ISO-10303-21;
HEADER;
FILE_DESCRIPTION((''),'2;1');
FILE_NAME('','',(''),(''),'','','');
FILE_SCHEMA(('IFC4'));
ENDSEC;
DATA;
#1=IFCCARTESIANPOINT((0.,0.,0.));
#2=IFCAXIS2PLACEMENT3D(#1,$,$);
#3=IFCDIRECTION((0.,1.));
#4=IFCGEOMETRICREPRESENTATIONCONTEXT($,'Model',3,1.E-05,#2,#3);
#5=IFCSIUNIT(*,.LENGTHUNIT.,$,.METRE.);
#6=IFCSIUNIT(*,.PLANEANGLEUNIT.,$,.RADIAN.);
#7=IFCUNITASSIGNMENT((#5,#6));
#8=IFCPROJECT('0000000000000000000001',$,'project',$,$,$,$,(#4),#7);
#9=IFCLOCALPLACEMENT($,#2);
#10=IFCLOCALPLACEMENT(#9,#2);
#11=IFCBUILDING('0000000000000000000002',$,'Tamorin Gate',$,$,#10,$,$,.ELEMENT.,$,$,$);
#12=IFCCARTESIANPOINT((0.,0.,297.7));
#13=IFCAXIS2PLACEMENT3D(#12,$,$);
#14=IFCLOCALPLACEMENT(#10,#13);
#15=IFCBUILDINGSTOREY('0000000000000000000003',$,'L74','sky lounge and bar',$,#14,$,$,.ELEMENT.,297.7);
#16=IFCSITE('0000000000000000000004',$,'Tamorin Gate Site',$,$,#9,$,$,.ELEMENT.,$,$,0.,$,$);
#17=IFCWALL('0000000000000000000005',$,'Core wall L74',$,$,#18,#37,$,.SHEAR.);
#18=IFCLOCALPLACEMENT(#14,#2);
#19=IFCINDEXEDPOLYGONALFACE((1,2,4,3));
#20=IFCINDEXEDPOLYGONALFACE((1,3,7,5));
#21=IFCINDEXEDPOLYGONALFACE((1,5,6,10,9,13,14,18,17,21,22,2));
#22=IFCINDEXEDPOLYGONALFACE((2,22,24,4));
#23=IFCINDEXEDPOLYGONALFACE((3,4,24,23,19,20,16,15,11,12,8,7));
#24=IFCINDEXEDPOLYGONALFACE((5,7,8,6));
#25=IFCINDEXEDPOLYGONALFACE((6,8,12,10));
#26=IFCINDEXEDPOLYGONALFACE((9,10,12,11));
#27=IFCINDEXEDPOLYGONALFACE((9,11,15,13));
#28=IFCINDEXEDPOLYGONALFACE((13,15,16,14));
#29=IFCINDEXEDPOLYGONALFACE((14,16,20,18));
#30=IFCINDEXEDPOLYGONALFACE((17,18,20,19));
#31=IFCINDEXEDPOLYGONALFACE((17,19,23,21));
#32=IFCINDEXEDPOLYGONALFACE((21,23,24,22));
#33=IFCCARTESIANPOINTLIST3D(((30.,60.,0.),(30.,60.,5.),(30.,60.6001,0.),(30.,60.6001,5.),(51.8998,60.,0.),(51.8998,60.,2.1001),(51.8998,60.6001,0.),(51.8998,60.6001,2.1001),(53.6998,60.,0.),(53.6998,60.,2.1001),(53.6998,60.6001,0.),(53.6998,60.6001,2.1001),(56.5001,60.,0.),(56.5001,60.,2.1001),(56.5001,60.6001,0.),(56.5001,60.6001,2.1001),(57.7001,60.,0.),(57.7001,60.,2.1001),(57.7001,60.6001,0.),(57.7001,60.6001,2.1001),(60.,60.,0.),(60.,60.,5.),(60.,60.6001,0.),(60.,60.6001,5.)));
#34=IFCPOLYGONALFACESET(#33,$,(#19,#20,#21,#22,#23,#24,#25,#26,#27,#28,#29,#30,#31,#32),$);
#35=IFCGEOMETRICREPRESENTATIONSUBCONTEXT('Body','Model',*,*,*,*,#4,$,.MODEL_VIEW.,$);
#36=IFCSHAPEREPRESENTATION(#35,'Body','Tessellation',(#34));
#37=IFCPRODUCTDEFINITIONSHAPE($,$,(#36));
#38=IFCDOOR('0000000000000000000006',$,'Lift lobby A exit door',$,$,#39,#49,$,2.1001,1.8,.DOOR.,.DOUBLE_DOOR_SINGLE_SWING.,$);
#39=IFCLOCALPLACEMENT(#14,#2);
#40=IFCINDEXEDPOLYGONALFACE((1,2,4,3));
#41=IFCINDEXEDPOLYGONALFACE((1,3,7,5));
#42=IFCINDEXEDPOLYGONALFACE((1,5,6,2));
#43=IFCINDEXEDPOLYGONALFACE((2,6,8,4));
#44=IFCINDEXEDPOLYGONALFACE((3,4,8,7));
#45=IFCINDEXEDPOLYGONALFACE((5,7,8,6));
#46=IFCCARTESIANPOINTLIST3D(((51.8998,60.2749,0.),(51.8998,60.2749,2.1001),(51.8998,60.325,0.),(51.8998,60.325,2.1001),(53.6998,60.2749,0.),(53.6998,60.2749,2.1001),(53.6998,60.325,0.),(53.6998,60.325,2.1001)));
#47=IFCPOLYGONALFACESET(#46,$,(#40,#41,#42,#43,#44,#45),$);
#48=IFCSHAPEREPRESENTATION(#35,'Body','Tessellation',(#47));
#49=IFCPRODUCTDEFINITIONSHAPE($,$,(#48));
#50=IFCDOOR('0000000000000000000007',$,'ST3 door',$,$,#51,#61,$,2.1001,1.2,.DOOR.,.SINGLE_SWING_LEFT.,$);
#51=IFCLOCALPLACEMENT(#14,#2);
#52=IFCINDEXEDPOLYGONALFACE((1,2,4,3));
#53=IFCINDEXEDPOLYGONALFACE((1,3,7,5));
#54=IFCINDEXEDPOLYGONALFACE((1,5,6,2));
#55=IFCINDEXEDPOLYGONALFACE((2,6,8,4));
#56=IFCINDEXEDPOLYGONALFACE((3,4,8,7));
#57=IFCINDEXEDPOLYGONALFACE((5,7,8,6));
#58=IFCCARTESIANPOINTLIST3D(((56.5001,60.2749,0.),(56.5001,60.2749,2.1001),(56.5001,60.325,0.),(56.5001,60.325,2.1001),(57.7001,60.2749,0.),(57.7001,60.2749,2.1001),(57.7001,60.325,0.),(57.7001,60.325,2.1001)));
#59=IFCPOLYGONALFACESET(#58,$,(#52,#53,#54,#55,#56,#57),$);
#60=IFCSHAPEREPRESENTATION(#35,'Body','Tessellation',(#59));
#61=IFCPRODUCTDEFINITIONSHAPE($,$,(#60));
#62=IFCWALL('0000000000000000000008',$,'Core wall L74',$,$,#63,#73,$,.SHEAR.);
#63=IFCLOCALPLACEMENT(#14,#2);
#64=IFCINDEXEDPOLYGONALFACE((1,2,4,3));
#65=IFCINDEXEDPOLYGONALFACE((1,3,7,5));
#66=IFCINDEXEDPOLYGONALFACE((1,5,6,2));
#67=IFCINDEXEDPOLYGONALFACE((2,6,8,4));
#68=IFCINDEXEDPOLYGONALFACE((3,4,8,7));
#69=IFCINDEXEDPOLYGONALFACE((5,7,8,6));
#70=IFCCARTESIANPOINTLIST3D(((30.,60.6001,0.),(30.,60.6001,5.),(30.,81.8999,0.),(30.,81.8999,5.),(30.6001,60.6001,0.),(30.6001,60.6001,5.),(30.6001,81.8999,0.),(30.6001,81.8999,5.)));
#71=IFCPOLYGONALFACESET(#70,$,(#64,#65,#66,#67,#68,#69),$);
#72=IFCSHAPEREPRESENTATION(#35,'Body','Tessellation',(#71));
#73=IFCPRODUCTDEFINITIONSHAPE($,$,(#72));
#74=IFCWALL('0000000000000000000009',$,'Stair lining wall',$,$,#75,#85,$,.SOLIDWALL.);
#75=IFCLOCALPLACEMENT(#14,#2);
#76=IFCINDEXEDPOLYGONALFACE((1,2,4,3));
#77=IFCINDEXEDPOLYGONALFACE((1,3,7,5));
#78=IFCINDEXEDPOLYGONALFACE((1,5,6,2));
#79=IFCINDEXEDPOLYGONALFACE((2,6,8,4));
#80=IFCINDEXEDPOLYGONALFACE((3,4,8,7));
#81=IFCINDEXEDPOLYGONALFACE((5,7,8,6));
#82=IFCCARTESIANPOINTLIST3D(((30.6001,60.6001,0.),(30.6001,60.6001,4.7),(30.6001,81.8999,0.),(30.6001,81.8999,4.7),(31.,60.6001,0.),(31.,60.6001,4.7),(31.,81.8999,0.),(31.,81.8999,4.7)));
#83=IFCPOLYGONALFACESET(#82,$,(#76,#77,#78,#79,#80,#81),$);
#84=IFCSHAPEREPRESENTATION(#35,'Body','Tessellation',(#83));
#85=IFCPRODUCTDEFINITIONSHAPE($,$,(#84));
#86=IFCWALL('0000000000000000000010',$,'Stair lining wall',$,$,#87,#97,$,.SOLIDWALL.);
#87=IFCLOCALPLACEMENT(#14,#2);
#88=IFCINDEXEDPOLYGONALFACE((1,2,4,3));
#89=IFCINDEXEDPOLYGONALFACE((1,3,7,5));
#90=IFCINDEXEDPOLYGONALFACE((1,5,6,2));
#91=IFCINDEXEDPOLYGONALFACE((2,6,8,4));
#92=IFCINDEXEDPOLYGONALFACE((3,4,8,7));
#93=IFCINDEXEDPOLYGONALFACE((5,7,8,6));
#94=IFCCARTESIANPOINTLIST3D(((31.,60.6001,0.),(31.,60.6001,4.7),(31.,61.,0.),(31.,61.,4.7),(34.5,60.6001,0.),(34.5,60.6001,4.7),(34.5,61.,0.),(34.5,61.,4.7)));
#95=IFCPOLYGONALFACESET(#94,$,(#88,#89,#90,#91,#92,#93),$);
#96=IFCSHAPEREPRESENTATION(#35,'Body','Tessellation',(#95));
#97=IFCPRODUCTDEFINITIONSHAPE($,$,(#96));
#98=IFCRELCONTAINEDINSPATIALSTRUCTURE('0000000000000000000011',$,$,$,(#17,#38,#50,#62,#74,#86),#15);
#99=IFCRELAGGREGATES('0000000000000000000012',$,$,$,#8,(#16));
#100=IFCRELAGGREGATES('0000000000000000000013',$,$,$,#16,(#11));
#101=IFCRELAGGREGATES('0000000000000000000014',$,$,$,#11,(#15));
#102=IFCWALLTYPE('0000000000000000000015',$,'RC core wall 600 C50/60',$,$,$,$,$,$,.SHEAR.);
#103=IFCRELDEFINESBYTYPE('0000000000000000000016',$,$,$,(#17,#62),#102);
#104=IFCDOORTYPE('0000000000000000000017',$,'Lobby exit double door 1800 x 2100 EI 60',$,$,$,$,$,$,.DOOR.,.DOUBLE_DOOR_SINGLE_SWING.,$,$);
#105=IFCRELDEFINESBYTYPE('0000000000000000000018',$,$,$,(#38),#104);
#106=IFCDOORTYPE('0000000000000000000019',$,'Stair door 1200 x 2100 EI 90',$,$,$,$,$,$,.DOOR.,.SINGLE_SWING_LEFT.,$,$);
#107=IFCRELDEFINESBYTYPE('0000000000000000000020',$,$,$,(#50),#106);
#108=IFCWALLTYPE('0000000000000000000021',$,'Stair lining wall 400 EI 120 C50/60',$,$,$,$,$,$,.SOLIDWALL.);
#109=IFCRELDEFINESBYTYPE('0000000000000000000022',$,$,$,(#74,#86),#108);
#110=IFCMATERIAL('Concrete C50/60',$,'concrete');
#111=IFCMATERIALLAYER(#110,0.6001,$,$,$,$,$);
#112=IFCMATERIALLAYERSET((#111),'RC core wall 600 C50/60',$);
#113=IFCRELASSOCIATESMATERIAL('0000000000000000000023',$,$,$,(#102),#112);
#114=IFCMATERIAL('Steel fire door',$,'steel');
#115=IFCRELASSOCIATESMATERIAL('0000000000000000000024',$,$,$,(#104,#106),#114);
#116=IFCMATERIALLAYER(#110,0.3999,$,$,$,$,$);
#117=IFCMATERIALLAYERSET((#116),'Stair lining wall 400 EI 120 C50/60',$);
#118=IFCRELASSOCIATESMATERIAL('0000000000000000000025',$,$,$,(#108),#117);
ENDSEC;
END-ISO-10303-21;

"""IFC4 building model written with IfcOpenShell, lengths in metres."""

from ifc_helpers import new_model, si_unit, direction, frame, frame_2d, origin, place, context, subcontext, project, spatial, rectangle, extrude, material, layer, layer_set, type_object, element, fill, save


model = new_model("IFC4")

# Units and contexts
model_context = context("Model", 3, precision=1e-05, world=origin(), true_north=direction((0.0, 1.0)))
body_context = subcontext(model_context, "Body", "Model", "MODEL_VIEW")
ifc_project = project(units=[si_unit("LENGTHUNIT", "METRE"), si_unit("PLANEANGLEUNIT", "RADIAN")], contexts=[model_context])

# Site, building, storey
site_placement = place(None, origin())
site = spatial("IfcSite", under=ifc_project, at=site_placement, Name="Tamorin Gate Site", CompositionType="ELEMENT", RefElevation=0.0)
building_placement = place(site_placement, origin())
building = spatial("IfcBuilding", under=site, at=building_placement, Name="Tamorin Gate", CompositionType="ELEMENT")
storey_placement = place(building_placement, frame((0.0, 0.0, 297.7)))
storey = spatial("IfcBuildingStorey", under=building, at=storey_placement, Name="L74", Description="sky lounge and bar", CompositionType="ELEMENT", Elevation=297.7)

# Shared definitions
ifc_material_1 = material(Name="Concrete C50/60", Category="concrete")

# Wall, openings, doors
ifc_layer_1 = layer(ifc_material_1, 0.6001)
ifc_layer_set_1 = layer_set([ifc_layer_1], Name="RC core wall 600 C50/60")
wall_type_1 = type_object("IfcWallType", Name="RC core wall 600 C50/60", PredefinedType="SHEAR", material=ifc_layer_set_1)
wall_1_placement = place(storey_placement, frame((30.0, 60.3, 0.0), z_axis=(0.0, 0.0, 1.0), x_axis=(1.0, 0.0, 0.0)))
wall_1 = element("IfcWall", 1, at=wall_1_placement, inside=storey, type_object=wall_type_1, Name="Core wall L74", PredefinedType="SHEAR", context=body_context, shape_type="SweptSolid", body=[
    extrude(rectangle(XDim=30.0, YDim=0.6001, at=frame_2d((15.0, 0.0))), origin(), (0.0, 0.0, 1.0), 5.0),
])
opening_1_placement = place(wall_1_placement, frame((21.8999, 0.0, 0.0)))
opening_1 = element("IfcOpeningElement", 2, at=opening_1_placement, cuts=wall_1, PredefinedType="OPENING", context=body_context, shape_type="SweptSolid", body=[
    extrude(rectangle(XDim=1.8, YDim=2.1001, at=frame_2d((0.8999, 1.05))), frame((0.0, 0.3101, 0.0), z_axis=(0.0, -1.0, 0.0), x_axis=(1.0, 0.0, 0.0)), (0.0, 0.0, 1.0), 0.6201),
])
opening_2_placement = place(wall_1_placement, frame((26.5, 0.0, 0.0)))
opening_2 = element("IfcOpeningElement", 3, at=opening_2_placement, cuts=wall_1, PredefinedType="OPENING", context=body_context, shape_type="SweptSolid", body=[
    extrude(rectangle(XDim=1.2, YDim=2.1001, at=frame_2d((0.6001, 1.05))), frame((0.0, 0.3101, 0.0), z_axis=(0.0, -1.0, 0.0), x_axis=(1.0, 0.0, 0.0)), (0.0, 0.0, 1.0), 0.6201),
])
ifc_material_2 = material(Name="Steel fire door", Category="steel")
door_type_1 = type_object("IfcDoorType", Name="Lobby exit double door 1800 x 2100 EI 60", OperationType="DOUBLE_DOOR_SINGLE_SWING", PredefinedType="DOOR", material=ifc_material_2)
door_1_placement = place(opening_1_placement, origin())
door_1 = element("IfcDoor", 4, at=door_1_placement, inside=storey, type_object=door_type_1, Name="Lift lobby A exit door", OperationType="DOUBLE_DOOR_SINGLE_SWING", OverallHeight=2.1001, OverallWidth=1.8, PredefinedType="DOOR", context=body_context, shape_type="SweptSolid", body=[
    extrude(rectangle(XDim=1.8, YDim=2.1001, at=frame_2d((0.8999, 1.05))), frame((0.0, 0.0249, 0.0), z_axis=(0.0, -1.0, 0.0), x_axis=(1.0, 0.0, 0.0)), (0.0, 0.0, 1.0), 0.05),
])
fill(opening_1, door_1)
door_type_2 = type_object("IfcDoorType", Name="Stair door 1200 x 2100 EI 90", OperationType="SINGLE_SWING_LEFT", PredefinedType="DOOR", material=ifc_material_2)
door_2_placement = place(opening_2_placement, origin())
door_2 = element("IfcDoor", 5, at=door_2_placement, inside=storey, type_object=door_type_2, Name="ST3 door", OperationType="SINGLE_SWING_LEFT", OverallHeight=2.1001, OverallWidth=1.2, PredefinedType="DOOR", context=body_context, shape_type="SweptSolid", body=[
    extrude(rectangle(XDim=1.2, YDim=2.1001, at=frame_2d((0.6001, 1.05))), frame((0.0, 0.0249, 0.0), z_axis=(0.0, -1.0, 0.0), x_axis=(1.0, 0.0, 0.0)), (0.0, 0.0, 1.0), 0.05),
])
fill(opening_2, door_2)

# Walls
wall_2_placement = place(storey_placement, frame((30.3, 60.6001, 0.0), z_axis=(0.0, 0.0, 1.0), x_axis=(0.0, 1.0, 0.0)))
element("IfcWall", 6, at=wall_2_placement, inside=storey, type_object=wall_type_1, Name="Core wall L74", PredefinedType="SHEAR", context=body_context, shape_type="SweptSolid", body=[
    extrude(rectangle(XDim=21.2998, YDim=0.6001, at=frame_2d((10.6499, 0.0))), origin(), (0.0, 0.0, 1.0), 5.0),
])
ifc_layer_2 = layer(ifc_material_1, 0.3999)
ifc_layer_set_2 = layer_set([ifc_layer_2], Name="Stair lining wall 400 EI 120 C50/60")
wall_type_2 = type_object("IfcWallType", Name="Stair lining wall 400 EI 120 C50/60", PredefinedType="SOLIDWALL", material=ifc_layer_set_2)
wall_3_placement = place(storey_placement, frame((30.8, 60.6001, 0.0), z_axis=(0.0, 0.0, 1.0), x_axis=(0.0, 1.0, 0.0)))
element("IfcWall", 7, at=wall_3_placement, inside=storey, type_object=wall_type_2, Name="Stair lining wall", PredefinedType="SOLIDWALL", context=body_context, shape_type="SweptSolid", body=[
    extrude(rectangle(XDim=21.2998, YDim=0.3999, at=frame_2d((10.6499, 0.0))), origin(), (0.0, 0.0, 1.0), 4.7),
])
wall_4_placement = place(storey_placement, frame((31.0, 60.8, 0.0), z_axis=(0.0, 0.0, 1.0), x_axis=(1.0, 0.0, 0.0)))
element("IfcWall", 8, at=wall_4_placement, inside=storey, type_object=wall_type_2, Name="Stair lining wall", PredefinedType="SOLIDWALL", context=body_context, shape_type="SweptSolid", body=[
    extrude(rectangle(XDim=3.5, YDim=0.3999, at=frame_2d((1.75, 0.0))), origin(), (0.0, 0.0, 1.0), 4.7),
])

save(model, "model.ifc")
